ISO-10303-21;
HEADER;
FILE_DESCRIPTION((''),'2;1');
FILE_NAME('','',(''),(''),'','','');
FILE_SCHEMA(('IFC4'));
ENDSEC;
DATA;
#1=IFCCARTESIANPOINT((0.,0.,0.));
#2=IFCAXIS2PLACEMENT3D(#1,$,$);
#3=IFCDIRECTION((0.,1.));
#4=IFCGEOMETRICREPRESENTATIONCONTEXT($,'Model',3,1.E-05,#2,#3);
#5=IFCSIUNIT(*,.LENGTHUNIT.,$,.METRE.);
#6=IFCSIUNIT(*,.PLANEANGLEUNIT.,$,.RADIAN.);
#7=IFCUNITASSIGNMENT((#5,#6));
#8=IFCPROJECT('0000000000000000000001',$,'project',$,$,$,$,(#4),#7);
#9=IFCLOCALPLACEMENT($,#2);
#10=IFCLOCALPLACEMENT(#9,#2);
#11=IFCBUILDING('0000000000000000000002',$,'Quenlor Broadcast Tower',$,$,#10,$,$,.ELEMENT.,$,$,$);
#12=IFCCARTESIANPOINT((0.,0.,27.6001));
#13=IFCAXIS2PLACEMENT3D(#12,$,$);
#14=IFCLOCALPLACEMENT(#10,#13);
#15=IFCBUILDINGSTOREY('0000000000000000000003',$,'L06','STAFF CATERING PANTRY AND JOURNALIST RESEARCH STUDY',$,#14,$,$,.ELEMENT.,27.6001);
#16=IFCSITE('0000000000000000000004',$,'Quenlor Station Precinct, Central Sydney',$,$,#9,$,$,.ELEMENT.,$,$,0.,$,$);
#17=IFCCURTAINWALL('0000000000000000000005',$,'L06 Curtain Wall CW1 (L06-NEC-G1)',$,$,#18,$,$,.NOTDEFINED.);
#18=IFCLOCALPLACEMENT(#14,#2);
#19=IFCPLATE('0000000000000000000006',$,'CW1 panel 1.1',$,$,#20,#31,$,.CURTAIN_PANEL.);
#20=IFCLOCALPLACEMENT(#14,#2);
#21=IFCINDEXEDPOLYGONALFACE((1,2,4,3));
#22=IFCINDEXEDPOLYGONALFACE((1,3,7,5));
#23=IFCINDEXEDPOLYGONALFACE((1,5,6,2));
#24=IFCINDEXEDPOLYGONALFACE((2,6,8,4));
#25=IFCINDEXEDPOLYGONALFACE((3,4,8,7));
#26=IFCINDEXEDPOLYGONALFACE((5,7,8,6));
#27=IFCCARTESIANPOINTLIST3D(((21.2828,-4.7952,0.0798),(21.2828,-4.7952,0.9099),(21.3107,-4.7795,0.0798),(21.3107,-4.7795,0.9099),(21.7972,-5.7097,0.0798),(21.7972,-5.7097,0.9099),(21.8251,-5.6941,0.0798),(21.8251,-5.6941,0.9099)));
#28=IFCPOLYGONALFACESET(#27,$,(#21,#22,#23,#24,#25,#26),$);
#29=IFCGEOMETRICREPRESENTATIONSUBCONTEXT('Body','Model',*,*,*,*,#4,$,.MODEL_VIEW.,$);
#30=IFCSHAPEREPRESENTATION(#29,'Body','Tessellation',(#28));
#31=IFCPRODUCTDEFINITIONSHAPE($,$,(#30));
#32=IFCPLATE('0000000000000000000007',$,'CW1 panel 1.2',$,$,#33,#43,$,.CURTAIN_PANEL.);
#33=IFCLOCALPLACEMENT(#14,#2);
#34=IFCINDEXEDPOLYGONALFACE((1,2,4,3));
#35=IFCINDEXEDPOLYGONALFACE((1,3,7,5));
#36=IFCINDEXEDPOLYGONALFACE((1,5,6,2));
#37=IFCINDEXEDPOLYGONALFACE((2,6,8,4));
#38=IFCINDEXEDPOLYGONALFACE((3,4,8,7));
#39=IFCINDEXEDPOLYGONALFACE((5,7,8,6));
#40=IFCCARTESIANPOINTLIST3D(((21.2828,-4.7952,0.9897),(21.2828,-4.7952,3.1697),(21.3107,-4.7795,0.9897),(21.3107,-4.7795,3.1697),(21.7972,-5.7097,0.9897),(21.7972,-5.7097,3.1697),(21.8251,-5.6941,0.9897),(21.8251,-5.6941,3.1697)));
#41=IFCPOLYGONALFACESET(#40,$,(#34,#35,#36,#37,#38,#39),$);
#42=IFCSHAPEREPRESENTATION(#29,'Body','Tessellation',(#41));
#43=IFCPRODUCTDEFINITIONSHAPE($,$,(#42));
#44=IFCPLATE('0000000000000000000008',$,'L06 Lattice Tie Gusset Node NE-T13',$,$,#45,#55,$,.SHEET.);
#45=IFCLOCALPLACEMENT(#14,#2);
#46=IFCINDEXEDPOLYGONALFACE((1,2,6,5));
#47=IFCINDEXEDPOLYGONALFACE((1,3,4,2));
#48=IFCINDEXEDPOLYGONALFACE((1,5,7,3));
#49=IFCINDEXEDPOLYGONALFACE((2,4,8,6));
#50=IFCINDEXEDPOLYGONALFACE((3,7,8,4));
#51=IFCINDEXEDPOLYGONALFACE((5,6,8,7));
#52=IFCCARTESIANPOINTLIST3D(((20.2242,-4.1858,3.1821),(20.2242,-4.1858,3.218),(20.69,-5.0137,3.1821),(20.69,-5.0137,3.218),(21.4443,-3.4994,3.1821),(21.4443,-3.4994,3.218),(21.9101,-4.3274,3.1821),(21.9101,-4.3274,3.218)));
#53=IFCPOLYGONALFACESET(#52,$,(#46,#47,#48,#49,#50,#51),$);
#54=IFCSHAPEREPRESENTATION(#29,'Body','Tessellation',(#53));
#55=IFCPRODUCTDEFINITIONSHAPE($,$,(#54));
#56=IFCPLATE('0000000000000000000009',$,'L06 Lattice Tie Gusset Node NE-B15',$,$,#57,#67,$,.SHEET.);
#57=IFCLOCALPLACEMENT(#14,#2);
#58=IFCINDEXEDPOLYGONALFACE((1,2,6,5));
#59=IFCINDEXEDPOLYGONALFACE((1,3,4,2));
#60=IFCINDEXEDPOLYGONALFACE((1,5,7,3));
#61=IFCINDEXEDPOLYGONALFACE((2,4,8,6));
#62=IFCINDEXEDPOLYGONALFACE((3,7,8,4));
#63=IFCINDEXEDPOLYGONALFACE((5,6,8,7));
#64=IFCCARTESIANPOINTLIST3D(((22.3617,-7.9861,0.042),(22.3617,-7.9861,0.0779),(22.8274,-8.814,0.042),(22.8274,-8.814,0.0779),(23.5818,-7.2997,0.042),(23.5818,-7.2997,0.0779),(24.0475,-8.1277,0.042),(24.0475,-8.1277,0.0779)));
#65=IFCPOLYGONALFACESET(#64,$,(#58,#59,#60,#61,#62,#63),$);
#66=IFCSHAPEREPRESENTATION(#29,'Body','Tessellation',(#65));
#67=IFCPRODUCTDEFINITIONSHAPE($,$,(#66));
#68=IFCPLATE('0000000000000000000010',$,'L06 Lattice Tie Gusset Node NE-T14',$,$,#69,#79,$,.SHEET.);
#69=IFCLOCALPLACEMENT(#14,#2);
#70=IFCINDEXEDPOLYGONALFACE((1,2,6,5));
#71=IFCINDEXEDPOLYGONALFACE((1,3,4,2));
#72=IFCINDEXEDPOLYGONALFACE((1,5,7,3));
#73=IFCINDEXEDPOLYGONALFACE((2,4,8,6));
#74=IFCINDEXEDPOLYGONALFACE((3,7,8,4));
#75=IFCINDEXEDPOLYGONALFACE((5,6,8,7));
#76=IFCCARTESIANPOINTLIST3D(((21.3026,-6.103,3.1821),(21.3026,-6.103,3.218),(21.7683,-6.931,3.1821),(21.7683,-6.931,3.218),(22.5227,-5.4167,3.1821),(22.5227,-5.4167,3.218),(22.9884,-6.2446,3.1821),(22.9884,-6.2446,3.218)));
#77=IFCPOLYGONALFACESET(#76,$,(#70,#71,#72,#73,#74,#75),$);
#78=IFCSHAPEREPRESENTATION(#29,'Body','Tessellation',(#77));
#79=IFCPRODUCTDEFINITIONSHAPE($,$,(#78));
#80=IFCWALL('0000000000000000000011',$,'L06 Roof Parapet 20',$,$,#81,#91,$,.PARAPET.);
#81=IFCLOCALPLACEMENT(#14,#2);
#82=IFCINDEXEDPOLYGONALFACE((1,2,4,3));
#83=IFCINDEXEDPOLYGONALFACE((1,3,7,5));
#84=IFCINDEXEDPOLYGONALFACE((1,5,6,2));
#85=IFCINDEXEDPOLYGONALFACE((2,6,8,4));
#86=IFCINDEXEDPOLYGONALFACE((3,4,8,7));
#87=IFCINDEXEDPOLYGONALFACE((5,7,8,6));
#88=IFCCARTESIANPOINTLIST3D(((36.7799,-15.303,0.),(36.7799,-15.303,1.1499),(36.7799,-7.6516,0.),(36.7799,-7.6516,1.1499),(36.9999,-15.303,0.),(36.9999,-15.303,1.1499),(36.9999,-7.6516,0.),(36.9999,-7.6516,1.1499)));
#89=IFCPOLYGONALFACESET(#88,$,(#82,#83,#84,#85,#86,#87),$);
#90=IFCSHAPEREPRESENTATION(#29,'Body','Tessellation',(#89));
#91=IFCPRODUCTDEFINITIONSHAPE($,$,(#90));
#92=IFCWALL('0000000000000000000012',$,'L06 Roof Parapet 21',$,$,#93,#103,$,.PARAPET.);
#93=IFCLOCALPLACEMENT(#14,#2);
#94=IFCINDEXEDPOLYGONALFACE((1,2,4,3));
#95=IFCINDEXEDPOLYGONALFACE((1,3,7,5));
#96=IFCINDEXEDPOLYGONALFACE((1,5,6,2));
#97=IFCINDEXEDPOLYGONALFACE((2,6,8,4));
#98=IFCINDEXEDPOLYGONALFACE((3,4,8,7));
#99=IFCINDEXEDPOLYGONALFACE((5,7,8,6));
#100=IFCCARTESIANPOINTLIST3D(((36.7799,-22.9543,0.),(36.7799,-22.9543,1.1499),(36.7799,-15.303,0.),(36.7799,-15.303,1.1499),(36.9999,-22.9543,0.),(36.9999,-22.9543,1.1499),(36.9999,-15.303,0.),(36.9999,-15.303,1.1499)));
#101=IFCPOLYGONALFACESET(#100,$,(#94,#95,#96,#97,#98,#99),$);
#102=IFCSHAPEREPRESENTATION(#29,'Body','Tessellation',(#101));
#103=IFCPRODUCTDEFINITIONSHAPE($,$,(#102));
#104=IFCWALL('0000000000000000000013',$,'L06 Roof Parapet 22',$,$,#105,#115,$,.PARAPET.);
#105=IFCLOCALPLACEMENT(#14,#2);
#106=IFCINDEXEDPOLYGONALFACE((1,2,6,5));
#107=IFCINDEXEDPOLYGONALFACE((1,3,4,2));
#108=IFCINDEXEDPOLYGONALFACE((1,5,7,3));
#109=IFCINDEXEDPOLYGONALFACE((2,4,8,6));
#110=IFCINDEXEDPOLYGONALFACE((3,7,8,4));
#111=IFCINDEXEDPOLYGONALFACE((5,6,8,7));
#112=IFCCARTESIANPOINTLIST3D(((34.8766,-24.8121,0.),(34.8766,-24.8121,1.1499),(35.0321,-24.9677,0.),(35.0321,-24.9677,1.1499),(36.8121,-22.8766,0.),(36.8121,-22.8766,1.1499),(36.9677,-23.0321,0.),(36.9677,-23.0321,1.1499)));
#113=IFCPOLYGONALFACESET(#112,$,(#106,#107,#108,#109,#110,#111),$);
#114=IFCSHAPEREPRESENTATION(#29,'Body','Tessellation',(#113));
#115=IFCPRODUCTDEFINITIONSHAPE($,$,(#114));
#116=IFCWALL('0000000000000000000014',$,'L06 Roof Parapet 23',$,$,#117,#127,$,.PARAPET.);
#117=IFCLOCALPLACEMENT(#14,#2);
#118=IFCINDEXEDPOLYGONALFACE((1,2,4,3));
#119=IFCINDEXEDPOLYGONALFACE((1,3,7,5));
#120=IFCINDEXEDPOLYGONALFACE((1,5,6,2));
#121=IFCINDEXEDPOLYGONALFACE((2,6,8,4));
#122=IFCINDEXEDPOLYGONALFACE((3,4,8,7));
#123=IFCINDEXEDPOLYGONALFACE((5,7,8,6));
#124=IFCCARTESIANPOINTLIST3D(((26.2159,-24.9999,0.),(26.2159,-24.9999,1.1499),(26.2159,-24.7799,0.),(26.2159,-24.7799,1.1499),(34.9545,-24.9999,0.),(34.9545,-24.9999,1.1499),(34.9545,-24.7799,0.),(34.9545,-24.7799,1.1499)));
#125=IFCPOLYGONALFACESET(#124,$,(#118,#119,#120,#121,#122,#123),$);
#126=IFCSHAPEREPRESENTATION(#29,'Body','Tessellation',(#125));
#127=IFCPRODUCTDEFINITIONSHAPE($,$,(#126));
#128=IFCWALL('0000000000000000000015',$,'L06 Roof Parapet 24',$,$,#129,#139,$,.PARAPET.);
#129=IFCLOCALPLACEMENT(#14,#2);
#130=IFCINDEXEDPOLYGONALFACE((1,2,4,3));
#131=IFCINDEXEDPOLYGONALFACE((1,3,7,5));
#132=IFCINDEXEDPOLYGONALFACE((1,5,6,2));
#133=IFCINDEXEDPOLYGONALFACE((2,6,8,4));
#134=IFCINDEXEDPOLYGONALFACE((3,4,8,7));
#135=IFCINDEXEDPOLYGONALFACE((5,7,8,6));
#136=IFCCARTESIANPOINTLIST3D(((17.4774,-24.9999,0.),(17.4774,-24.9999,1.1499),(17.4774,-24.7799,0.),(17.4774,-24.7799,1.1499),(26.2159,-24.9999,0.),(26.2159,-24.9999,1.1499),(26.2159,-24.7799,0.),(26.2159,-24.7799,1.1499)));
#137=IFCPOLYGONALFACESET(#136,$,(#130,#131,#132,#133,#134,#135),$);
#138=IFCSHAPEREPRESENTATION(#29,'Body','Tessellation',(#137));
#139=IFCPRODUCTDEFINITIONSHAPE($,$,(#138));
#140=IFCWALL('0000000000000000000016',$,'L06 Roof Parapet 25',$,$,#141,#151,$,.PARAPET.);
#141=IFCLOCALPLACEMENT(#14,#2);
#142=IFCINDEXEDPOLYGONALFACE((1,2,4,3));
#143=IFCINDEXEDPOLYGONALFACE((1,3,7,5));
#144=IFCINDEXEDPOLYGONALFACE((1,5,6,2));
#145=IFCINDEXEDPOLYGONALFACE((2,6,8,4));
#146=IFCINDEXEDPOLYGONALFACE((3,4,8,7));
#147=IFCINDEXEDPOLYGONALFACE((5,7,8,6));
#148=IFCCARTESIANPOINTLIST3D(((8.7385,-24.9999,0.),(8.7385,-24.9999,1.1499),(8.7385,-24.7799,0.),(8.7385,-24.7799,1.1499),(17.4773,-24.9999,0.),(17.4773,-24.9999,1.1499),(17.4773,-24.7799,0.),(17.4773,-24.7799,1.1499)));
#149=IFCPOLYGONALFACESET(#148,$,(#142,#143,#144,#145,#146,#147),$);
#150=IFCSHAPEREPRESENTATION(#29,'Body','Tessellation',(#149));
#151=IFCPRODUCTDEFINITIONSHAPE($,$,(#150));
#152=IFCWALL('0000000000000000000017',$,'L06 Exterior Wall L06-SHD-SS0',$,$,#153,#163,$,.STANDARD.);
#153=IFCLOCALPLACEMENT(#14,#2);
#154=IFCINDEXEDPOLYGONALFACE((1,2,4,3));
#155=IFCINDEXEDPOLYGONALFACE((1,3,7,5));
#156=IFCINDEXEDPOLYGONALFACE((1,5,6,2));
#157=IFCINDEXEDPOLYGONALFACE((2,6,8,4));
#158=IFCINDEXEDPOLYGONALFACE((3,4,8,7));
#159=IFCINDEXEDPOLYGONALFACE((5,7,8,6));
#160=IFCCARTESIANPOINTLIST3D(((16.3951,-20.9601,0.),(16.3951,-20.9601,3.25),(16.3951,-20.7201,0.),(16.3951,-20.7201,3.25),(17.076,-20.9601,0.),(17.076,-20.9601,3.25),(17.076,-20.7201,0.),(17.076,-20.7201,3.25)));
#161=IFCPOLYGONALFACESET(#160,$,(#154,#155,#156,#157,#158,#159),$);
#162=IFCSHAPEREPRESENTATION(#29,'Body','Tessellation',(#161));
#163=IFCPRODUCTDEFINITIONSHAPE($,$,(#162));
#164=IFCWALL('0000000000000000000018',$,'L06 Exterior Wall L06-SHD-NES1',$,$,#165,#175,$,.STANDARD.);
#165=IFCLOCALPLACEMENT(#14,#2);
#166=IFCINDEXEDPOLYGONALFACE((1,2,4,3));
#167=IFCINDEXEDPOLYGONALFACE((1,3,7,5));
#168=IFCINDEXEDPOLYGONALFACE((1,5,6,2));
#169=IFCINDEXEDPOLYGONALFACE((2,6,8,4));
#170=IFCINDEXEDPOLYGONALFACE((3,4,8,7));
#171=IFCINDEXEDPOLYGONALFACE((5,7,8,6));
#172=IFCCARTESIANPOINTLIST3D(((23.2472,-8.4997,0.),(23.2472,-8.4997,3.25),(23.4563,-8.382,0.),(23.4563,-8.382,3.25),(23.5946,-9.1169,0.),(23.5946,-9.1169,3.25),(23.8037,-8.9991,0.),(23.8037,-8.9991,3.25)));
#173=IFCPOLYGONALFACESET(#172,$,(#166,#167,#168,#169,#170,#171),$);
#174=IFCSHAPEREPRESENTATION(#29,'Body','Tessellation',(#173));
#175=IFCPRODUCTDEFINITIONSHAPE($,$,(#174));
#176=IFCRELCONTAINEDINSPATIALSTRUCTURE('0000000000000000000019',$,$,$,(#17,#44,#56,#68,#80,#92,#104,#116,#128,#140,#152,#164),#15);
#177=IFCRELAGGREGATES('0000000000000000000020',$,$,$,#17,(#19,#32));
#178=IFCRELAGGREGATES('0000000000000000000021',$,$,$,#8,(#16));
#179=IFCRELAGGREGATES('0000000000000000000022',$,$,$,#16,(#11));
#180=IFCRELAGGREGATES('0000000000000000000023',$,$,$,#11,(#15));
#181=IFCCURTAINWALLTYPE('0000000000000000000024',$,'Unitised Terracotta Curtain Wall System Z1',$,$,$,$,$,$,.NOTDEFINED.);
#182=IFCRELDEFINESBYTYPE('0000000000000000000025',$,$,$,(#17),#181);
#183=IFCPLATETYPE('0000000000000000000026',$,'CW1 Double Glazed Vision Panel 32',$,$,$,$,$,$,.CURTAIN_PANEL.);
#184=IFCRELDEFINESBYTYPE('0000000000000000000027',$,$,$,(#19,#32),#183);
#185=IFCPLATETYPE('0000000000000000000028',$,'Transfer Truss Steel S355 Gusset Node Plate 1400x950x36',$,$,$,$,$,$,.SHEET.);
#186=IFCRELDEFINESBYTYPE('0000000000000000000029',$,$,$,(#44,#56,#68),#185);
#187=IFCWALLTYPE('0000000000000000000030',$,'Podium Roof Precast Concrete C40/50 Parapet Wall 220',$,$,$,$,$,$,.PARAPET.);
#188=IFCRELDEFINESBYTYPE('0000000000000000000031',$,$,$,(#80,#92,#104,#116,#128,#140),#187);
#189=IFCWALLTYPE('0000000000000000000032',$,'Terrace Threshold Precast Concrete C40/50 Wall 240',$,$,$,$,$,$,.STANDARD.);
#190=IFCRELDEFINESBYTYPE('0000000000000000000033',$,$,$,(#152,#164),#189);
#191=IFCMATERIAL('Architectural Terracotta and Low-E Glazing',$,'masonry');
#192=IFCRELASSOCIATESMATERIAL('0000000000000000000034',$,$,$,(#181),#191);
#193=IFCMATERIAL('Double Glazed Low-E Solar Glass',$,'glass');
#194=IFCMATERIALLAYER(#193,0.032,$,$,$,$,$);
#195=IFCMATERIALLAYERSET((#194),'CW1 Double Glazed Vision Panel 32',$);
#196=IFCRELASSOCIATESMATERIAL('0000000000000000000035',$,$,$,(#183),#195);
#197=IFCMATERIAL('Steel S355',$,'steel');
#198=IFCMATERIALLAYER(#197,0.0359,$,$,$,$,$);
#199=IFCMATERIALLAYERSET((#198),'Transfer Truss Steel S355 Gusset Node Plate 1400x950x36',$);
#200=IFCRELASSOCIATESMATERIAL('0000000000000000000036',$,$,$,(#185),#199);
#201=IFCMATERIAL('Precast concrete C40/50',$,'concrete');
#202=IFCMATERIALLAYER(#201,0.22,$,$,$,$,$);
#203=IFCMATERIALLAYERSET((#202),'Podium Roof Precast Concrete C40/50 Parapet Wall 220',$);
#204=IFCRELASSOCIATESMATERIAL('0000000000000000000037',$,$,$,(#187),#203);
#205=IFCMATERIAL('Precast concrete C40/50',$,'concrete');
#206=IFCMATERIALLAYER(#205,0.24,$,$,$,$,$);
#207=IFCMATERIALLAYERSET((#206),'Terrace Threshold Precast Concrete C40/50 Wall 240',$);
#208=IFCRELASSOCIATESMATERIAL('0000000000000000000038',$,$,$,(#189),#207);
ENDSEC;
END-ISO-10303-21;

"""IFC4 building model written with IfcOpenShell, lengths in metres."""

from ifc_helpers import new_model, si_unit, direction, frame, frame_2d, origin, origin_2d, place, context, subcontext, project, spatial, rectangle, extrude, material, layer, layer_set, type_object, element, aggregate, save


model = new_model("IFC4")

# Units and contexts
model_context = context("Model", 3, precision=1e-05, world=origin(), true_north=direction((0.0, 1.0)))
body_context = subcontext(model_context, "Body", "Model", "MODEL_VIEW")
ifc_project = project(units=[si_unit("LENGTHUNIT", "METRE"), si_unit("PLANEANGLEUNIT", "RADIAN")], contexts=[model_context])

# Site, building, storey
site_placement = place(None, origin())
site = spatial("IfcSite", under=ifc_project, at=site_placement, Name="Quenlor Station Precinct, Central Sydney", CompositionType="ELEMENT", RefElevation=0.0)
building_placement = place(site_placement, origin())
building = spatial("IfcBuilding", under=site, at=building_placement, Name="Quenlor Broadcast Tower", CompositionType="ELEMENT")
storey_placement = place(building_placement, frame((0.0, 0.0, 27.6001)))
storey = spatial("IfcBuildingStorey", under=building, at=storey_placement, Name="L06", Description="STAFF CATERING PANTRY AND JOURNALIST RESEARCH STUDY", CompositionType="ELEMENT", Elevation=27.6001)

# Curtain wall
ifc_material_1 = material(Name="Architectural Terracotta and Low-E Glazing", Category="masonry")
curtain_wall_type = type_object("IfcCurtainWallType", Name="Unitised Terracotta Curtain Wall System Z1", PredefinedType="NOTDEFINED", material=ifc_material_1)
curtain_wall_placement = place(storey_placement, origin())
curtain_wall = element("IfcCurtainWall", 1, at=curtain_wall_placement, inside=storey, type_object=curtain_wall_type, Name="L06 Curtain Wall CW1 (L06-NEC-G1)", PredefinedType="NOTDEFINED")

# Plates
ifc_material_2 = material(Name="Double Glazed Low-E Solar Glass", Category="glass")
ifc_layer_1 = layer(ifc_material_2, 0.032)
ifc_layer_set_1 = layer_set([ifc_layer_1], Name="CW1 Double Glazed Vision Panel 32")
plate_type_1 = type_object("IfcPlateType", Name="CW1 Double Glazed Vision Panel 32", PredefinedType="CURTAIN_PANEL", material=ifc_layer_set_1)
plate_1_placement = place(storey_placement, frame((21.554, -5.2446, 0.0798), z_axis=(0.0, 0.0, 1.0), x_axis=(0.490277, -0.871567, 0.0)))
plate_1 = element("IfcPlate", 2, at=plate_1_placement, type_object=plate_type_1, Name="CW1 panel 1.1", PredefinedType="CURTAIN_PANEL", context=body_context, shape_type="SweptSolid", body=[
    extrude(rectangle(XDim=1.0493, YDim=0.032, at=origin_2d()), origin(), (0.0, 0.0, 1.0), 0.8301),
])
plate_2_placement = place(storey_placement, frame((21.554, -5.2446, 0.9897), z_axis=(0.0, 0.0, 1.0), x_axis=(0.490277, -0.871567, 0.0)))
plate_2 = element("IfcPlate", 3, at=plate_2_placement, type_object=plate_type_1, Name="CW1 panel 1.2", PredefinedType="CURTAIN_PANEL", context=body_context, shape_type="SweptSolid", body=[
    extrude(rectangle(XDim=1.0493, YDim=0.032, at=origin_2d()), origin(), (0.0, 0.0, 1.0), 2.1799),
])
aggregate(curtain_wall, [plate_1, plate_2])

# Plates
ifc_material_3 = material(Name="Steel S355", Category="steel")
ifc_layer_2 = layer(ifc_material_3, 0.0359)
ifc_layer_set_2 = layer_set([ifc_layer_2], Name="Transfer Truss Steel S355 Gusset Node Plate 1400x950x36")
plate_type_2 = type_object("IfcPlateType", Name="Transfer Truss Steel S355 Gusset Node Plate 1400x950x36", PredefinedType="SHEET", material=ifc_layer_set_2)
for number, where, z_axis, x_axis, name in (
    (4, (21.0671, -4.2566, 3.1821), (0.0, 0.0, 1.0), (0.871556, 0.490295, 0.0), "L06 Lattice Tie Gusset Node NE-T13"),
    (5, (23.2046, -8.0569, 0.042), (0.0, 0.0, 1.0), (0.871556, 0.490295, 0.0), "L06 Lattice Tie Gusset Node NE-B15"),
    (6, (22.1455, -6.1738, 3.1821), (0.0, 0.0, 1.0), (0.871556, 0.490295, 0.0), "L06 Lattice Tie Gusset Node NE-T14"),
):
    element("IfcPlate", number, at=place(storey_placement, frame(where, z_axis=z_axis, x_axis=x_axis)), inside=storey, type_object=plate_type_2, Name=name, PredefinedType="SHEET", context=body_context, shape_type="SweptSolid", body=[
        extrude(rectangle(XDim=1.3999, YDim=0.95, at=origin_2d()), origin(), (0.0, 0.0, 1.0), 0.0359),
    ])

# Walls
ifc_material_4 = material(Name="Precast concrete C40/50", Category="concrete")
ifc_layer_3 = layer(ifc_material_4, 0.22)
ifc_layer_set_3 = layer_set([ifc_layer_3], Name="Podium Roof Precast Concrete C40/50 Parapet Wall 220")
wall_type_1 = type_object("IfcWallType", Name="Podium Roof Precast Concrete C40/50 Parapet Wall 220", PredefinedType="PARAPET", material=ifc_layer_set_3)
for number, where, z_axis, x_axis, name in (
    (7, (36.8899, -7.6516, 0.0), (0.0, 0.0, 1.0), (0.0, -1.0, 0.0), "L06 Roof Parapet 20"),
    (8, (36.8899, -15.303, 0.0), (0.0, 0.0, 1.0), (0.0, -1.0, 0.0), "L06 Roof Parapet 21"),
):
    element("IfcWall", number, at=place(storey_placement, frame(where, z_axis=z_axis, x_axis=x_axis)), inside=storey, type_object=wall_type_1, Name=name, PredefinedType="PARAPET", context=body_context, shape_type="SweptSolid", body=[
        extrude(rectangle(XDim=7.6514, YDim=0.22, at=frame_2d((3.8257, 0.0))), origin(), (0.0, 0.0, 1.0), 1.1499),
    ])
wall_1_placement = place(storey_placement, frame((36.8899, -22.9543, 0.0), z_axis=(0.0, 0.0, 1.0), x_axis=(-0.707107, -0.707107, 0.0)))
element("IfcWall", 9, at=wall_1_placement, inside=storey, type_object=wall_type_1, Name="L06 Roof Parapet 22", PredefinedType="PARAPET", context=body_context, shape_type="SweptSolid", body=[
    extrude(rectangle(XDim=2.7373, YDim=0.22, at=frame_2d((1.3687, 0.0))), origin(), (0.0, 0.0, 1.0), 1.1499),
])
for number, where, z_axis, x_axis, name in (
    (10, (34.9543, -24.8899, 0.0), (0.0, 0.0, 1.0), (-1.0, 0.0, 0.0), "L06 Roof Parapet 23"),
    (11, (26.2158, -24.8899, 0.0), (0.0, 0.0, 1.0), (-1.0, 0.0, 0.0), "L06 Roof Parapet 24"),
):
    element("IfcWall", number, at=place(storey_placement, frame(where, z_axis=z_axis, x_axis=x_axis)), inside=storey, type_object=wall_type_1, Name=name, PredefinedType="PARAPET", context=body_context, shape_type="SweptSolid", body=[
        extrude(rectangle(XDim=8.7385, YDim=0.22, at=frame_2d((4.3691, 0.0))), origin(), (0.0, 0.0, 1.0), 1.1499),
    ])
wall_2_placement = place(storey_placement, frame((17.4773, -24.8899, 0.0), z_axis=(0.0, 0.0, 1.0), x_axis=(-1.0, 0.0, 0.0)))
element("IfcWall", 12, at=wall_2_placement, inside=storey, type_object=wall_type_1, Name="L06 Roof Parapet 25", PredefinedType="PARAPET", context=body_context, shape_type="SweptSolid", body=[
    extrude(rectangle(XDim=8.7388, YDim=0.22, at=frame_2d((4.3694, 0.0))), origin(), (0.0, 0.0, 1.0), 1.1499),
])
ifc_material_5 = material(Name="Precast concrete C40/50", Category="concrete")
ifc_layer_4 = layer(ifc_material_5, 0.24)
ifc_layer_set_4 = layer_set([ifc_layer_4], Name="Terrace Threshold Precast Concrete C40/50 Wall 240")
wall_type_2 = type_object("IfcWallType", Name="Terrace Threshold Precast Concrete C40/50 Wall 240", PredefinedType="STANDARD", material=ifc_layer_set_4)
wall_3_placement = place(storey_placement, frame((17.0759, -20.8401, 0.0), z_axis=(0.0, 0.0, 1.0), x_axis=(-1.0, 0.0, 0.0)))
element("IfcWall", 13, at=wall_3_placement, inside=storey, type_object=wall_type_2, Name="L06 Exterior Wall L06-SHD-SS0", PredefinedType="STANDARD", context=body_context, shape_type="SweptSolid", body=[
    extrude(rectangle(XDim=0.6809, YDim=0.24, at=frame_2d((0.3403, 0.0))), origin(), (0.0, 0.0, 1.0), 3.25),
])
wall_4_placement = place(storey_placement, frame((23.3518, -8.4409, 0.0), z_axis=(0.0, 0.0, 1.0), x_axis=(0.490523, -0.871428, 0.0)))
element("IfcWall", 14, at=wall_4_placement, inside=storey, type_object=wall_type_2, Name="L06 Exterior Wall L06-SHD-NES1", PredefinedType="STANDARD", context=body_context, shape_type="SweptSolid", body=[
    extrude(rectangle(XDim=0.7083, YDim=0.24, at=frame_2d((0.354, 0.0))), origin(), (0.0, 0.0, 1.0), 3.25),
])

save(model, "model.ifc")
